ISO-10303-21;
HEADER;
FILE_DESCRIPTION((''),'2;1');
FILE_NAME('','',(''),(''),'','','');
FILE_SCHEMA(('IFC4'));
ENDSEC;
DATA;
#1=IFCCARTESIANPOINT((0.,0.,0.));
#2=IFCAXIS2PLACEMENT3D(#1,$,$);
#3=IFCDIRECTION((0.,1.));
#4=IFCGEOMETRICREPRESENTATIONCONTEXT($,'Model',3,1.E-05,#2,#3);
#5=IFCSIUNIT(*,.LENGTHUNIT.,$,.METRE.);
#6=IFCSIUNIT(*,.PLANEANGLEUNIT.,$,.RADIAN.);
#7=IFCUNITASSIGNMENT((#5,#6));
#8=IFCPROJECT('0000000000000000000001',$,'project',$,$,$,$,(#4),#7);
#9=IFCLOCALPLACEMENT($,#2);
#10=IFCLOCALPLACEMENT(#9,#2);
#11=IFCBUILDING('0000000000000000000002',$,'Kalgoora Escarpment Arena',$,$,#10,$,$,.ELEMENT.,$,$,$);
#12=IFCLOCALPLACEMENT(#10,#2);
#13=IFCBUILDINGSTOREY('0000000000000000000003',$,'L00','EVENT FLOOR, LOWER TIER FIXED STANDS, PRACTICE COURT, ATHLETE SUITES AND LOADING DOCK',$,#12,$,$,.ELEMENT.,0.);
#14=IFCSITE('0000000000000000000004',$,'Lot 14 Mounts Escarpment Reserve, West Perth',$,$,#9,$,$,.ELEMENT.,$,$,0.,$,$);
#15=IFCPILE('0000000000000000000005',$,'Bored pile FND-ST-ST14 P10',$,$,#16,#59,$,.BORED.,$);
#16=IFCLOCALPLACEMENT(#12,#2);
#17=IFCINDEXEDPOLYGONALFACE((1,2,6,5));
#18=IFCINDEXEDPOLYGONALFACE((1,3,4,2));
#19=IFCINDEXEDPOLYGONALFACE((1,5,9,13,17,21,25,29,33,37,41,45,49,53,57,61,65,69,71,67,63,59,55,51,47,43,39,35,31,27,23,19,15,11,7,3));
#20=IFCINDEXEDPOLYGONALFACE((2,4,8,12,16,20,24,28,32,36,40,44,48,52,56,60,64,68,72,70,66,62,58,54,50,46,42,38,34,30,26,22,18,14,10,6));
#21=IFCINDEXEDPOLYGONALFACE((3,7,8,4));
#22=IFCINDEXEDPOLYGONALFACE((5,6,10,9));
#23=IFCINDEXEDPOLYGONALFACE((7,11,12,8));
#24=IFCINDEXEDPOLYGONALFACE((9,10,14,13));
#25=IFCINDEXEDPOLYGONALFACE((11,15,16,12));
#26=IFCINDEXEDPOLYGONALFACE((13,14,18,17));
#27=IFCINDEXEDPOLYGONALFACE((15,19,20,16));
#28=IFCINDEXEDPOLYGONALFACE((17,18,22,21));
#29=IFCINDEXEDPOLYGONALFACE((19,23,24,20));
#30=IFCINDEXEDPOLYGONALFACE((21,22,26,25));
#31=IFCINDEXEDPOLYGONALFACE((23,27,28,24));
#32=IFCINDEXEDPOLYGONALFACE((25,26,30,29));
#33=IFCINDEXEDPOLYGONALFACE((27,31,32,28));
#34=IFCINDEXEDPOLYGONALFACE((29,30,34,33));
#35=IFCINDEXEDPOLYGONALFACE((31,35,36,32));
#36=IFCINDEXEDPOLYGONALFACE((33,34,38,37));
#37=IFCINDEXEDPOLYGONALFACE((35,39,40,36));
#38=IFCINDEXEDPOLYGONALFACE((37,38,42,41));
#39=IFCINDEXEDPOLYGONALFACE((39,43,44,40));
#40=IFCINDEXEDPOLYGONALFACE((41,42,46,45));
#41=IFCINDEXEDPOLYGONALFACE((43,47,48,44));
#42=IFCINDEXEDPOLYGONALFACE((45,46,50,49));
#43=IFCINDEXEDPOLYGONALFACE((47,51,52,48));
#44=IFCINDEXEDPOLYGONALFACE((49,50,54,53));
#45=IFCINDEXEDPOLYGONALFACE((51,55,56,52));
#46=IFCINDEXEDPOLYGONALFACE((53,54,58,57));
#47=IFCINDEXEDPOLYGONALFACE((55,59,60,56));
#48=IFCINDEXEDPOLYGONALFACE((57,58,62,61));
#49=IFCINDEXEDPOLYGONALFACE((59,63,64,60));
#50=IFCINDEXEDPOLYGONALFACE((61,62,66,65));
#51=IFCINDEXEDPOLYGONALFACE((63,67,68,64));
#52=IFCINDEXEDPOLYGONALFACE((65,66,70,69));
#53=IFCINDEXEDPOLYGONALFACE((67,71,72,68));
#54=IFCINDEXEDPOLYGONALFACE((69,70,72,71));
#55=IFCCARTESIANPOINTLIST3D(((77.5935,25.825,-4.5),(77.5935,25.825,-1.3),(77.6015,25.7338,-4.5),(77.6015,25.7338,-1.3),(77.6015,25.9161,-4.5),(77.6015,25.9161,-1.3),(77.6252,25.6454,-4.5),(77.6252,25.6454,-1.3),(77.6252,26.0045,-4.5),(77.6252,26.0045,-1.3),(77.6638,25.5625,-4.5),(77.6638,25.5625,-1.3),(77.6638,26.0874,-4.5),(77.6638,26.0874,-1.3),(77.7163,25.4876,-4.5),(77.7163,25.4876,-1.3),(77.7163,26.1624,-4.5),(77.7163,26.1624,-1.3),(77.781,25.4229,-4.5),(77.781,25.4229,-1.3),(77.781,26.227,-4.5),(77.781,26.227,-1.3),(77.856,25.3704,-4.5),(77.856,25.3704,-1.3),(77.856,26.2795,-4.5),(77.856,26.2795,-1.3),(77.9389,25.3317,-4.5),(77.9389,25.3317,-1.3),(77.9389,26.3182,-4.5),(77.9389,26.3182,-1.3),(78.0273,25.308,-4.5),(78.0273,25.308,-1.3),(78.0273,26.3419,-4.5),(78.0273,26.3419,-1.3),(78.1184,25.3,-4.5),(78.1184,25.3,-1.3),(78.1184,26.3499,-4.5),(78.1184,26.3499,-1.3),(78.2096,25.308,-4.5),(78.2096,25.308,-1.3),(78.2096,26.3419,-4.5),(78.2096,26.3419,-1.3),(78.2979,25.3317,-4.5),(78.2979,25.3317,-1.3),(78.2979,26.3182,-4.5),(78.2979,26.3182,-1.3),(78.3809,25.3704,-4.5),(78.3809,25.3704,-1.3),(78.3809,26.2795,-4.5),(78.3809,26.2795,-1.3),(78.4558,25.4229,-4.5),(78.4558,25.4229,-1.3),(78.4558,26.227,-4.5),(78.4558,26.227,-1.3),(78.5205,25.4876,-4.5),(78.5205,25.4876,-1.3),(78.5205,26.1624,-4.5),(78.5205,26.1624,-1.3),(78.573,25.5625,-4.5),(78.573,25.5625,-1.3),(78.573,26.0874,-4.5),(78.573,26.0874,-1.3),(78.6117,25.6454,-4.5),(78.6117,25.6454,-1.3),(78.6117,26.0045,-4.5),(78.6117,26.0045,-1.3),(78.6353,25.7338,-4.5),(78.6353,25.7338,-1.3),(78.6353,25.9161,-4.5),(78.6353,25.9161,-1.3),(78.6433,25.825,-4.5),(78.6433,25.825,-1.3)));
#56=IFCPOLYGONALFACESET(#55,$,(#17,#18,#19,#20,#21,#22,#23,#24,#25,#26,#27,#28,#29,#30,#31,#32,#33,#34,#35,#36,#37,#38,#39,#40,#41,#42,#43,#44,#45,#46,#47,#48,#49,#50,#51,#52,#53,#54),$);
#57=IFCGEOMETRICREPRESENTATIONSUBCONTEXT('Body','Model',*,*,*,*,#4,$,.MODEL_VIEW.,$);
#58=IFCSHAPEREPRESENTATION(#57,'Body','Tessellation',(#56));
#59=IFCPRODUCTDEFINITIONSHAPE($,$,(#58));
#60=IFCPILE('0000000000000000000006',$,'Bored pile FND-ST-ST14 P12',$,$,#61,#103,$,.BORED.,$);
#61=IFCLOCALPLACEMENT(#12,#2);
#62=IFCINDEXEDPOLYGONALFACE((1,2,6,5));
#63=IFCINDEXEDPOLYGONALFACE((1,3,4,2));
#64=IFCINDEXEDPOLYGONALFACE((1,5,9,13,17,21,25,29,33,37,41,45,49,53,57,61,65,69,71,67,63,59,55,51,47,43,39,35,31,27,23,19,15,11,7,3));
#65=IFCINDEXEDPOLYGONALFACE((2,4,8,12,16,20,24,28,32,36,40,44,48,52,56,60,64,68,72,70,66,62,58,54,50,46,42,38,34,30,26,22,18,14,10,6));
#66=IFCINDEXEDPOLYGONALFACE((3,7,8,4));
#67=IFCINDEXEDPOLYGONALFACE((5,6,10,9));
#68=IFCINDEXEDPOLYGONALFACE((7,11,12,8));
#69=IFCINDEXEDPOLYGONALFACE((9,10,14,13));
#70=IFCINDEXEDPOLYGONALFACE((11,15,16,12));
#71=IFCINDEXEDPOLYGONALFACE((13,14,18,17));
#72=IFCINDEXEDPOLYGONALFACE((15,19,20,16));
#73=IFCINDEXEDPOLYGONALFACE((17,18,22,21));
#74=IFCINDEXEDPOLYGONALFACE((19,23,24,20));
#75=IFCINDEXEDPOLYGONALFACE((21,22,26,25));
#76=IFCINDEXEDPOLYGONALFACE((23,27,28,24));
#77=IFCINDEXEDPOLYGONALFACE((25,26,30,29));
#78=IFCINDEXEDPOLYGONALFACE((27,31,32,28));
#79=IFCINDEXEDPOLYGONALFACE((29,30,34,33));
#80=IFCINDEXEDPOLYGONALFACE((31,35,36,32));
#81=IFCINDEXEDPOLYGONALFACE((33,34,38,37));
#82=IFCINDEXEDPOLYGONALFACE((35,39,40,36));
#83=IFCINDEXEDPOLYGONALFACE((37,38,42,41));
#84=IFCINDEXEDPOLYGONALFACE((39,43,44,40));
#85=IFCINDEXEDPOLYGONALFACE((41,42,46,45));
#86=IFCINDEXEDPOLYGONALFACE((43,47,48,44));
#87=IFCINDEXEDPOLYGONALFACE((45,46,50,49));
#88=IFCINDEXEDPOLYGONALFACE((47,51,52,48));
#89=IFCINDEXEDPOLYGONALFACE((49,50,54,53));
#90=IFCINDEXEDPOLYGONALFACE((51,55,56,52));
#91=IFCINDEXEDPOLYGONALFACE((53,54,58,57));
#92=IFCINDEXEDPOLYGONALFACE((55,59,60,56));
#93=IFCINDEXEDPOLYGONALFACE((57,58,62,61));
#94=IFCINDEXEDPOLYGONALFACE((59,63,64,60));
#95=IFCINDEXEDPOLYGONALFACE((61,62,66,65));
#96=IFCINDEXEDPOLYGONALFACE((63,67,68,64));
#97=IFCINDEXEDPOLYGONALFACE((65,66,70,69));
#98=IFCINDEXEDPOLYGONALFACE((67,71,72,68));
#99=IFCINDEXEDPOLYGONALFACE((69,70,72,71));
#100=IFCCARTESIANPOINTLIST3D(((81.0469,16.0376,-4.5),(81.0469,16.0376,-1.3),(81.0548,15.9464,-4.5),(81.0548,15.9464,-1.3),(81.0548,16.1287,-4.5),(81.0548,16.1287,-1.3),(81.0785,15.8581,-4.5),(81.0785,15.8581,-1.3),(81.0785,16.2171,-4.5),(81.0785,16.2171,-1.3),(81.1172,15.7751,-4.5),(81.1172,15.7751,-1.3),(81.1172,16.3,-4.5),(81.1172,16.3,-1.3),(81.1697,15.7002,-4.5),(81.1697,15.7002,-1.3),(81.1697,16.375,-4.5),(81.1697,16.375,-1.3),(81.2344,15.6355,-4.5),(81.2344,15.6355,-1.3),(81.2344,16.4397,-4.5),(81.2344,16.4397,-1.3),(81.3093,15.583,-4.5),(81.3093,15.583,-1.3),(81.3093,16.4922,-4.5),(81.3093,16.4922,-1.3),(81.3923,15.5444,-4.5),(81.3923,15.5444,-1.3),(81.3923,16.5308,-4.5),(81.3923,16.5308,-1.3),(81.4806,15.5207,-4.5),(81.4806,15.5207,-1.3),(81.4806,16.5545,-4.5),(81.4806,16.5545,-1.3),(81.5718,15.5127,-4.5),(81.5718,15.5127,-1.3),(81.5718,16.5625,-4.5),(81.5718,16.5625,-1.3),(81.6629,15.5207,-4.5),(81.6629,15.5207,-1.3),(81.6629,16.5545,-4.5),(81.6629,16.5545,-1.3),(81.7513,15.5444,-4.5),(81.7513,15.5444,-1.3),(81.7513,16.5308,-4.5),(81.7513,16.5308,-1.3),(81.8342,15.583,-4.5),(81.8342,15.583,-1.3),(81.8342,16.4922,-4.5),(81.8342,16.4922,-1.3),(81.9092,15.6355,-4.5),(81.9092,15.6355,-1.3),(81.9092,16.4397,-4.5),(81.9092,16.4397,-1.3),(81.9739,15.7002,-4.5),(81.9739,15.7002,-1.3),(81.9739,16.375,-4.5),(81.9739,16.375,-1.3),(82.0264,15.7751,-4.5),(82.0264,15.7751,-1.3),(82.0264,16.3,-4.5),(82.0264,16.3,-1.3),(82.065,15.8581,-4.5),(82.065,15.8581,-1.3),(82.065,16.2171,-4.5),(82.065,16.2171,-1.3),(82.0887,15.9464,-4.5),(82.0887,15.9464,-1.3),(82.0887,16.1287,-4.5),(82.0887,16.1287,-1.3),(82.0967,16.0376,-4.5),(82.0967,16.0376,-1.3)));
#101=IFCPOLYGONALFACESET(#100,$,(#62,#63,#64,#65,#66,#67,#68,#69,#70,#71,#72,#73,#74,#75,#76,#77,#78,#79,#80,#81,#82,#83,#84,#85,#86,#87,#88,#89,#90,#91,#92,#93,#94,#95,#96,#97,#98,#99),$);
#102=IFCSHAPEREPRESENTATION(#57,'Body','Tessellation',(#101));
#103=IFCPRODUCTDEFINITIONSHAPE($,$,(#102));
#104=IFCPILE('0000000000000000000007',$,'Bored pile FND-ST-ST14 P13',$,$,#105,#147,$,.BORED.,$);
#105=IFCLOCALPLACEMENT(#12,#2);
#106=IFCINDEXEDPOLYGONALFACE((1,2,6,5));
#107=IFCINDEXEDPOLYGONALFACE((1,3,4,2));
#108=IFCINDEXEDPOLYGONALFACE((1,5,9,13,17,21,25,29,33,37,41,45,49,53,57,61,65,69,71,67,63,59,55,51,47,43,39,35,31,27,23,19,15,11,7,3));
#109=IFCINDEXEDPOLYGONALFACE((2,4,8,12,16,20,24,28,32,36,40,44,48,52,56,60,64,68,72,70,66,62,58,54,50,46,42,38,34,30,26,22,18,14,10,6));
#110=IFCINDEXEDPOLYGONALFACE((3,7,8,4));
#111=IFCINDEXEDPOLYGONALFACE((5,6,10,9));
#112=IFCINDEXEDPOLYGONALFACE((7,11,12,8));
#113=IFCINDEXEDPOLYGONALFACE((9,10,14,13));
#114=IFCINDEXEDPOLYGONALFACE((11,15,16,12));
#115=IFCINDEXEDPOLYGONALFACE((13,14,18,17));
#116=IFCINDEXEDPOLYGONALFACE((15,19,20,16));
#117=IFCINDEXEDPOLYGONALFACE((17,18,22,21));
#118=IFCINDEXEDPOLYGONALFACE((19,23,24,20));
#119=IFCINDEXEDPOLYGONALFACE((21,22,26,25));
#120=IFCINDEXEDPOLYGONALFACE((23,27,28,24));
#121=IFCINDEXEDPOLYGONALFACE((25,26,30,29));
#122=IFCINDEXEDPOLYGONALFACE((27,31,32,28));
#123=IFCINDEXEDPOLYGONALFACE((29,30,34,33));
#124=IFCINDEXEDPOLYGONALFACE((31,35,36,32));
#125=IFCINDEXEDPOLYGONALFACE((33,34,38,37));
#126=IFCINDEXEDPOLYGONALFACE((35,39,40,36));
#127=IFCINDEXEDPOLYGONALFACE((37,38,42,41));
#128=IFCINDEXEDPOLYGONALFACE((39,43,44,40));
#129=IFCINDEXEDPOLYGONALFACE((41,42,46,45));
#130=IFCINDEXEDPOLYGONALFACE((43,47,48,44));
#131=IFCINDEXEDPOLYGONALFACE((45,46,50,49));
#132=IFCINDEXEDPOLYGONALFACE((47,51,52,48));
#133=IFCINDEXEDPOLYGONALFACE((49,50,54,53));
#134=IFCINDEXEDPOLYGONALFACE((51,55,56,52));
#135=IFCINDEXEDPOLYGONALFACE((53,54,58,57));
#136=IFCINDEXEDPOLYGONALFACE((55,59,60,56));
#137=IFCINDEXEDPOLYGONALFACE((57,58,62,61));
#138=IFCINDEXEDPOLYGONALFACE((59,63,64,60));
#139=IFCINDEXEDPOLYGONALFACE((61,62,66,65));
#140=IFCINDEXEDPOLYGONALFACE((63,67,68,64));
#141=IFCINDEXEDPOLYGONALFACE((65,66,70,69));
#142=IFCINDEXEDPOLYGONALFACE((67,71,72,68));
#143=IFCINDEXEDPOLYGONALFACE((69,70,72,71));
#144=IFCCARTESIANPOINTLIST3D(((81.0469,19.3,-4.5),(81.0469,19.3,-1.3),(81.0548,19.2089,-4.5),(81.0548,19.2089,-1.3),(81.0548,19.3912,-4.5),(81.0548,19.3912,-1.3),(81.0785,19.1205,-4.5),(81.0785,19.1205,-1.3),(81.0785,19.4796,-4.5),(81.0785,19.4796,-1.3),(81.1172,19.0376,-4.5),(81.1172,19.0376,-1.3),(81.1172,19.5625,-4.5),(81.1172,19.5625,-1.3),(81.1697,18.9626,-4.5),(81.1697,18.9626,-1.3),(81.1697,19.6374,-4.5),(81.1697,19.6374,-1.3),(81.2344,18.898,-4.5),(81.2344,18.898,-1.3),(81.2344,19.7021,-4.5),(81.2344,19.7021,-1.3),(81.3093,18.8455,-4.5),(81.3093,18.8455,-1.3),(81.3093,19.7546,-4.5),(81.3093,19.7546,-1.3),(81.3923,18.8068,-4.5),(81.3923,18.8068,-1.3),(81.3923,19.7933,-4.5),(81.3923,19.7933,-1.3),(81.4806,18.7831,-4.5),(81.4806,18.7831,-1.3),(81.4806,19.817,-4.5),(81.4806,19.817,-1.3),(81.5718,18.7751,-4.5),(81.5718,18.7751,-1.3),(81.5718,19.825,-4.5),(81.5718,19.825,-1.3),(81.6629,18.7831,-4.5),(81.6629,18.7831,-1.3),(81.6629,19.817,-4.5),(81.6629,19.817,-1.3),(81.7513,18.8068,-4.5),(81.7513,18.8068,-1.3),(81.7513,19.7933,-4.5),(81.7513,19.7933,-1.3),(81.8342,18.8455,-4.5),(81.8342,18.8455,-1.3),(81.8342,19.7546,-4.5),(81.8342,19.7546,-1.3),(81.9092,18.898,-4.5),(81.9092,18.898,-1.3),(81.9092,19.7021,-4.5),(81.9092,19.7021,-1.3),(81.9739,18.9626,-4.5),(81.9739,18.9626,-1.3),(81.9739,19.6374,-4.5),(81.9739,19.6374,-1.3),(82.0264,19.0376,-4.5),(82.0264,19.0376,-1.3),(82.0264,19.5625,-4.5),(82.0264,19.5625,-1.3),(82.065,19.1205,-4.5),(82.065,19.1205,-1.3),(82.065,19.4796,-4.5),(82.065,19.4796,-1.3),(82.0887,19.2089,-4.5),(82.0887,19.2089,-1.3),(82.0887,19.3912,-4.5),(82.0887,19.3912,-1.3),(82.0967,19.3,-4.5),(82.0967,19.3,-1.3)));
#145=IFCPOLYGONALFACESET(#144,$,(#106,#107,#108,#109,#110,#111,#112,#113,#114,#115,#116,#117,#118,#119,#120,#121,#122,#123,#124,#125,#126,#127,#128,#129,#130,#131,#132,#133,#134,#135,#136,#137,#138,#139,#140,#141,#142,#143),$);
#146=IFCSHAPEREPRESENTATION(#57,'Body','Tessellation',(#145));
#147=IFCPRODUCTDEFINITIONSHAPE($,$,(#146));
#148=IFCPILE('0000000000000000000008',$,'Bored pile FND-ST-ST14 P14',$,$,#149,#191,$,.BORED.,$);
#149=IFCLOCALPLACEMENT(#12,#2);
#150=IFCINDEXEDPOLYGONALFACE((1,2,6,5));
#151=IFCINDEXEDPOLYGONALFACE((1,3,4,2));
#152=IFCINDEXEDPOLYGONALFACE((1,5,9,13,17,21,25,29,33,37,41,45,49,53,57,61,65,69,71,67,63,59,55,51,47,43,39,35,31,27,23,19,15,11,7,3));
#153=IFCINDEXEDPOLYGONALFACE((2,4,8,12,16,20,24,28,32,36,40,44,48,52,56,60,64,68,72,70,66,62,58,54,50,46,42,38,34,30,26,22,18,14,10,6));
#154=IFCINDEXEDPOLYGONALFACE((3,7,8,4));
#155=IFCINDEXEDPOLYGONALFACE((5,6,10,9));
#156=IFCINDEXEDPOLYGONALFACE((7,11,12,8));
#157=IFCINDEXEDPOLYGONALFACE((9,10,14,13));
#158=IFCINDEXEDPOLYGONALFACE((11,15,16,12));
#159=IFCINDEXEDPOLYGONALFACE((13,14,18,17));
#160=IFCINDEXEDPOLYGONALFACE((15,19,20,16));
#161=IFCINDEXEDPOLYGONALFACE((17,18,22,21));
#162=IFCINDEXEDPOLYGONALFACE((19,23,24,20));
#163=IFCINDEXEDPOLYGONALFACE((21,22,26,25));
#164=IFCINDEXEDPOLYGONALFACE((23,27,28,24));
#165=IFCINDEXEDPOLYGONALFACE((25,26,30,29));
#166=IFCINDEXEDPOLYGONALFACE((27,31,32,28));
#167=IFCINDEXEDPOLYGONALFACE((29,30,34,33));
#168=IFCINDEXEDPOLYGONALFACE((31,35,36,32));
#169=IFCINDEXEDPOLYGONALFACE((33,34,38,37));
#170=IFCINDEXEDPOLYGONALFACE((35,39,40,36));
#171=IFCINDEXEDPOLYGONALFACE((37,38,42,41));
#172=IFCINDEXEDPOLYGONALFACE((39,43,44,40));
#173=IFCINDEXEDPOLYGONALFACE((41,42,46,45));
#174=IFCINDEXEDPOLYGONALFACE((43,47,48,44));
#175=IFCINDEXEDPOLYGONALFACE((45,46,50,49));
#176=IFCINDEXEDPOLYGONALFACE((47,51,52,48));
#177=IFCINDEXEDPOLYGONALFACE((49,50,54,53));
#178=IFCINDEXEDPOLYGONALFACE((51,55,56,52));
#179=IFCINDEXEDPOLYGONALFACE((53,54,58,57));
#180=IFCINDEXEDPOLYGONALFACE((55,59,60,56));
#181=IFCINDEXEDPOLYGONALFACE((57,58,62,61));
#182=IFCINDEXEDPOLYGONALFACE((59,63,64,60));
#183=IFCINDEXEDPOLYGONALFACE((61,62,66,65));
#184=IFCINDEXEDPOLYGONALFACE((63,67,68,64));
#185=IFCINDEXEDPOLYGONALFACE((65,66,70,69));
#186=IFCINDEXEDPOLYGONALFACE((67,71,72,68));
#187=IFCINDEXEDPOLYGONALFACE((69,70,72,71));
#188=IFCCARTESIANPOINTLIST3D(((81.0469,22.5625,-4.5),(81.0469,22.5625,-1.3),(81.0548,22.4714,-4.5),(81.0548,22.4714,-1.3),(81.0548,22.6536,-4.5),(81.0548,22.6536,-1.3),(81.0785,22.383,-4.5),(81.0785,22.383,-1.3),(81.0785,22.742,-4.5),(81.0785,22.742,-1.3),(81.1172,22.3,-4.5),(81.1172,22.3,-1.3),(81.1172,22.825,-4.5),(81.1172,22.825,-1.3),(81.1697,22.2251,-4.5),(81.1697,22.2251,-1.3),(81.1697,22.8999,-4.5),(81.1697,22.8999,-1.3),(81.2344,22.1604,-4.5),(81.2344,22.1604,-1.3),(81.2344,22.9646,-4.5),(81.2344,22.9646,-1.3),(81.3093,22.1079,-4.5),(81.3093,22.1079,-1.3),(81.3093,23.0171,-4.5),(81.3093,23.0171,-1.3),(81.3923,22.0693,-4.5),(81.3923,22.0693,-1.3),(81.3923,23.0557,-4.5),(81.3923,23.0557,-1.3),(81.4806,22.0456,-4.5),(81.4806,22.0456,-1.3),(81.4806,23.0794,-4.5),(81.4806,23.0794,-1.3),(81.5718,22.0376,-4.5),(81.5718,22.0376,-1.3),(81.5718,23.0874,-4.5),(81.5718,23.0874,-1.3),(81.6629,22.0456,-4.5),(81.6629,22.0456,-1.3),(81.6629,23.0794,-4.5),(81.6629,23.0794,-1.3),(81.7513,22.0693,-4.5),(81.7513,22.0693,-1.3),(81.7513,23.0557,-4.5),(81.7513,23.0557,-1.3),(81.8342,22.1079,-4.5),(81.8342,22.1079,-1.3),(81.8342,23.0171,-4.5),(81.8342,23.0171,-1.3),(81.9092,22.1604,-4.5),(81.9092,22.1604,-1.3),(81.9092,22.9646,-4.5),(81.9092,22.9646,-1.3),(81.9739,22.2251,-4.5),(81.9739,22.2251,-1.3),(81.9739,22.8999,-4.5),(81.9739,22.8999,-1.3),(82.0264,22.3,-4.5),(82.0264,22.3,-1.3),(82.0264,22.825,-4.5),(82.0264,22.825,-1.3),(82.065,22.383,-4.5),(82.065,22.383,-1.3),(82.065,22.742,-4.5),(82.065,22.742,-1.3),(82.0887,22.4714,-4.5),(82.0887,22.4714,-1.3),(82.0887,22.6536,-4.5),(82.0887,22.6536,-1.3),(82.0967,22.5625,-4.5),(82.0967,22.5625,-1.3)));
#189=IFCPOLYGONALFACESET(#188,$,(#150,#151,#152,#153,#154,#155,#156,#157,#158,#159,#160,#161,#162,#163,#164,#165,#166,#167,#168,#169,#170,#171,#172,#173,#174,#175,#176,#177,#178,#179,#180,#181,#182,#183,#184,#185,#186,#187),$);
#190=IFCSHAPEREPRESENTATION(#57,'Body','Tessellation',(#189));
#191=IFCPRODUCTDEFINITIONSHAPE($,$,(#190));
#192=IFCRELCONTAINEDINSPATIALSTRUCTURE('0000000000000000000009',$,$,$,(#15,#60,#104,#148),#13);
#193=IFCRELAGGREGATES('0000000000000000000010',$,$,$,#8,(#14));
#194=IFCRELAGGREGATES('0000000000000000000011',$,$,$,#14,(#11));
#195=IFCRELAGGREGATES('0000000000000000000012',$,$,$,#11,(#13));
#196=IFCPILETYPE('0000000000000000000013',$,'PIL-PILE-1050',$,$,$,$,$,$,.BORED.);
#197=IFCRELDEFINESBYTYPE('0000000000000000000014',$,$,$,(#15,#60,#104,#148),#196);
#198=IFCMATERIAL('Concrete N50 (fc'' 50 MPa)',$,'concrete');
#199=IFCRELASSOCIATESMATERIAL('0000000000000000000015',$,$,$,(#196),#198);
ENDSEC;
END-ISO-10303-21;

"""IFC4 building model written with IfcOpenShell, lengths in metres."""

from ifc_helpers import new_model, si_unit, direction, frame, origin, origin_2d, place, context, subcontext, project, spatial, circle, extrude, material, material_profile, profile_set, type_object, element, save


model = new_model("IFC4")

# Units and contexts
model_context = context("Model", 3, precision=1e-05, world=origin(), true_north=direction((0.0, 1.0)))
body_context = subcontext(model_context, "Body", "Model", "MODEL_VIEW")
ifc_project = project(units=[si_unit("LENGTHUNIT", "METRE"), si_unit("PLANEANGLEUNIT", "RADIAN")], contexts=[model_context])

# Site, building, storey
site_placement = place(None, origin())
site = spatial("IfcSite", under=ifc_project, at=site_placement, Name="Lot 14 Mounts Escarpment Reserve, West Perth", CompositionType="ELEMENT", RefElevation=0.0)
building_placement = place(site_placement, origin())
building = spatial("IfcBuilding", under=site, at=building_placement, Name="Kalgoora Escarpment Arena", CompositionType="ELEMENT")
storey_placement = place(building_placement, origin())
storey = spatial("IfcBuildingStorey", under=building, at=storey_placement, Name="L00", Description="EVENT FLOOR, LOWER TIER FIXED STANDS, PRACTICE COURT, ATHLETE SUITES AND LOADING DOCK", CompositionType="ELEMENT", Elevation=0.0)

# Piles
ifc_material_1 = material(Name="Concrete N50 (fc' 50 MPa)", Category="concrete")
ifc_material_profile_1 = material_profile(ifc_material_1, circle(Radius=0.5249, at=origin_2d()))
ifc_profile_set_1 = profile_set([ifc_material_profile_1], Name="Concrete N50 (fc' 50 MPa)")
pile_type_1 = type_object("IfcPileType", Name="PIL-PILE-1050", PredefinedType="BORED", material=ifc_profile_set_1)
for number, where, z_axis, x_axis, name in (
    (1, (78.1184, 25.825, -1.3), (0.0, 0.0, -1.0), (1.0, 0.0, 0.0), "Bored pile FND-ST-ST14 P10"),
    (2, (81.5718, 16.0376, -1.3), (0.0, 0.0, -1.0), (1.0, 0.0, 0.0), "Bored pile FND-ST-ST14 P12"),
    (3, (81.5718, 19.3, -1.3), (0.0, 0.0, -1.0), (1.0, 0.0, 0.0), "Bored pile FND-ST-ST14 P13"),
    (4, (81.5718, 22.5625, -1.3), (0.0, 0.0, -1.0), (1.0, 0.0, 0.0), "Bored pile FND-ST-ST14 P14"),
):
    element("IfcPile", number, at=place(storey_placement, frame(where, z_axis=z_axis, x_axis=x_axis)), inside=storey, type_object=pile_type_1, Name=name, PredefinedType="BORED", context=body_context, shape_type="SweptSolid", body=[
        extrude(circle(Radius=0.5249, at=origin_2d()), origin(), (0.0, 0.0, 1.0), 3.2),
    ])

save(model, "model.ifc")
